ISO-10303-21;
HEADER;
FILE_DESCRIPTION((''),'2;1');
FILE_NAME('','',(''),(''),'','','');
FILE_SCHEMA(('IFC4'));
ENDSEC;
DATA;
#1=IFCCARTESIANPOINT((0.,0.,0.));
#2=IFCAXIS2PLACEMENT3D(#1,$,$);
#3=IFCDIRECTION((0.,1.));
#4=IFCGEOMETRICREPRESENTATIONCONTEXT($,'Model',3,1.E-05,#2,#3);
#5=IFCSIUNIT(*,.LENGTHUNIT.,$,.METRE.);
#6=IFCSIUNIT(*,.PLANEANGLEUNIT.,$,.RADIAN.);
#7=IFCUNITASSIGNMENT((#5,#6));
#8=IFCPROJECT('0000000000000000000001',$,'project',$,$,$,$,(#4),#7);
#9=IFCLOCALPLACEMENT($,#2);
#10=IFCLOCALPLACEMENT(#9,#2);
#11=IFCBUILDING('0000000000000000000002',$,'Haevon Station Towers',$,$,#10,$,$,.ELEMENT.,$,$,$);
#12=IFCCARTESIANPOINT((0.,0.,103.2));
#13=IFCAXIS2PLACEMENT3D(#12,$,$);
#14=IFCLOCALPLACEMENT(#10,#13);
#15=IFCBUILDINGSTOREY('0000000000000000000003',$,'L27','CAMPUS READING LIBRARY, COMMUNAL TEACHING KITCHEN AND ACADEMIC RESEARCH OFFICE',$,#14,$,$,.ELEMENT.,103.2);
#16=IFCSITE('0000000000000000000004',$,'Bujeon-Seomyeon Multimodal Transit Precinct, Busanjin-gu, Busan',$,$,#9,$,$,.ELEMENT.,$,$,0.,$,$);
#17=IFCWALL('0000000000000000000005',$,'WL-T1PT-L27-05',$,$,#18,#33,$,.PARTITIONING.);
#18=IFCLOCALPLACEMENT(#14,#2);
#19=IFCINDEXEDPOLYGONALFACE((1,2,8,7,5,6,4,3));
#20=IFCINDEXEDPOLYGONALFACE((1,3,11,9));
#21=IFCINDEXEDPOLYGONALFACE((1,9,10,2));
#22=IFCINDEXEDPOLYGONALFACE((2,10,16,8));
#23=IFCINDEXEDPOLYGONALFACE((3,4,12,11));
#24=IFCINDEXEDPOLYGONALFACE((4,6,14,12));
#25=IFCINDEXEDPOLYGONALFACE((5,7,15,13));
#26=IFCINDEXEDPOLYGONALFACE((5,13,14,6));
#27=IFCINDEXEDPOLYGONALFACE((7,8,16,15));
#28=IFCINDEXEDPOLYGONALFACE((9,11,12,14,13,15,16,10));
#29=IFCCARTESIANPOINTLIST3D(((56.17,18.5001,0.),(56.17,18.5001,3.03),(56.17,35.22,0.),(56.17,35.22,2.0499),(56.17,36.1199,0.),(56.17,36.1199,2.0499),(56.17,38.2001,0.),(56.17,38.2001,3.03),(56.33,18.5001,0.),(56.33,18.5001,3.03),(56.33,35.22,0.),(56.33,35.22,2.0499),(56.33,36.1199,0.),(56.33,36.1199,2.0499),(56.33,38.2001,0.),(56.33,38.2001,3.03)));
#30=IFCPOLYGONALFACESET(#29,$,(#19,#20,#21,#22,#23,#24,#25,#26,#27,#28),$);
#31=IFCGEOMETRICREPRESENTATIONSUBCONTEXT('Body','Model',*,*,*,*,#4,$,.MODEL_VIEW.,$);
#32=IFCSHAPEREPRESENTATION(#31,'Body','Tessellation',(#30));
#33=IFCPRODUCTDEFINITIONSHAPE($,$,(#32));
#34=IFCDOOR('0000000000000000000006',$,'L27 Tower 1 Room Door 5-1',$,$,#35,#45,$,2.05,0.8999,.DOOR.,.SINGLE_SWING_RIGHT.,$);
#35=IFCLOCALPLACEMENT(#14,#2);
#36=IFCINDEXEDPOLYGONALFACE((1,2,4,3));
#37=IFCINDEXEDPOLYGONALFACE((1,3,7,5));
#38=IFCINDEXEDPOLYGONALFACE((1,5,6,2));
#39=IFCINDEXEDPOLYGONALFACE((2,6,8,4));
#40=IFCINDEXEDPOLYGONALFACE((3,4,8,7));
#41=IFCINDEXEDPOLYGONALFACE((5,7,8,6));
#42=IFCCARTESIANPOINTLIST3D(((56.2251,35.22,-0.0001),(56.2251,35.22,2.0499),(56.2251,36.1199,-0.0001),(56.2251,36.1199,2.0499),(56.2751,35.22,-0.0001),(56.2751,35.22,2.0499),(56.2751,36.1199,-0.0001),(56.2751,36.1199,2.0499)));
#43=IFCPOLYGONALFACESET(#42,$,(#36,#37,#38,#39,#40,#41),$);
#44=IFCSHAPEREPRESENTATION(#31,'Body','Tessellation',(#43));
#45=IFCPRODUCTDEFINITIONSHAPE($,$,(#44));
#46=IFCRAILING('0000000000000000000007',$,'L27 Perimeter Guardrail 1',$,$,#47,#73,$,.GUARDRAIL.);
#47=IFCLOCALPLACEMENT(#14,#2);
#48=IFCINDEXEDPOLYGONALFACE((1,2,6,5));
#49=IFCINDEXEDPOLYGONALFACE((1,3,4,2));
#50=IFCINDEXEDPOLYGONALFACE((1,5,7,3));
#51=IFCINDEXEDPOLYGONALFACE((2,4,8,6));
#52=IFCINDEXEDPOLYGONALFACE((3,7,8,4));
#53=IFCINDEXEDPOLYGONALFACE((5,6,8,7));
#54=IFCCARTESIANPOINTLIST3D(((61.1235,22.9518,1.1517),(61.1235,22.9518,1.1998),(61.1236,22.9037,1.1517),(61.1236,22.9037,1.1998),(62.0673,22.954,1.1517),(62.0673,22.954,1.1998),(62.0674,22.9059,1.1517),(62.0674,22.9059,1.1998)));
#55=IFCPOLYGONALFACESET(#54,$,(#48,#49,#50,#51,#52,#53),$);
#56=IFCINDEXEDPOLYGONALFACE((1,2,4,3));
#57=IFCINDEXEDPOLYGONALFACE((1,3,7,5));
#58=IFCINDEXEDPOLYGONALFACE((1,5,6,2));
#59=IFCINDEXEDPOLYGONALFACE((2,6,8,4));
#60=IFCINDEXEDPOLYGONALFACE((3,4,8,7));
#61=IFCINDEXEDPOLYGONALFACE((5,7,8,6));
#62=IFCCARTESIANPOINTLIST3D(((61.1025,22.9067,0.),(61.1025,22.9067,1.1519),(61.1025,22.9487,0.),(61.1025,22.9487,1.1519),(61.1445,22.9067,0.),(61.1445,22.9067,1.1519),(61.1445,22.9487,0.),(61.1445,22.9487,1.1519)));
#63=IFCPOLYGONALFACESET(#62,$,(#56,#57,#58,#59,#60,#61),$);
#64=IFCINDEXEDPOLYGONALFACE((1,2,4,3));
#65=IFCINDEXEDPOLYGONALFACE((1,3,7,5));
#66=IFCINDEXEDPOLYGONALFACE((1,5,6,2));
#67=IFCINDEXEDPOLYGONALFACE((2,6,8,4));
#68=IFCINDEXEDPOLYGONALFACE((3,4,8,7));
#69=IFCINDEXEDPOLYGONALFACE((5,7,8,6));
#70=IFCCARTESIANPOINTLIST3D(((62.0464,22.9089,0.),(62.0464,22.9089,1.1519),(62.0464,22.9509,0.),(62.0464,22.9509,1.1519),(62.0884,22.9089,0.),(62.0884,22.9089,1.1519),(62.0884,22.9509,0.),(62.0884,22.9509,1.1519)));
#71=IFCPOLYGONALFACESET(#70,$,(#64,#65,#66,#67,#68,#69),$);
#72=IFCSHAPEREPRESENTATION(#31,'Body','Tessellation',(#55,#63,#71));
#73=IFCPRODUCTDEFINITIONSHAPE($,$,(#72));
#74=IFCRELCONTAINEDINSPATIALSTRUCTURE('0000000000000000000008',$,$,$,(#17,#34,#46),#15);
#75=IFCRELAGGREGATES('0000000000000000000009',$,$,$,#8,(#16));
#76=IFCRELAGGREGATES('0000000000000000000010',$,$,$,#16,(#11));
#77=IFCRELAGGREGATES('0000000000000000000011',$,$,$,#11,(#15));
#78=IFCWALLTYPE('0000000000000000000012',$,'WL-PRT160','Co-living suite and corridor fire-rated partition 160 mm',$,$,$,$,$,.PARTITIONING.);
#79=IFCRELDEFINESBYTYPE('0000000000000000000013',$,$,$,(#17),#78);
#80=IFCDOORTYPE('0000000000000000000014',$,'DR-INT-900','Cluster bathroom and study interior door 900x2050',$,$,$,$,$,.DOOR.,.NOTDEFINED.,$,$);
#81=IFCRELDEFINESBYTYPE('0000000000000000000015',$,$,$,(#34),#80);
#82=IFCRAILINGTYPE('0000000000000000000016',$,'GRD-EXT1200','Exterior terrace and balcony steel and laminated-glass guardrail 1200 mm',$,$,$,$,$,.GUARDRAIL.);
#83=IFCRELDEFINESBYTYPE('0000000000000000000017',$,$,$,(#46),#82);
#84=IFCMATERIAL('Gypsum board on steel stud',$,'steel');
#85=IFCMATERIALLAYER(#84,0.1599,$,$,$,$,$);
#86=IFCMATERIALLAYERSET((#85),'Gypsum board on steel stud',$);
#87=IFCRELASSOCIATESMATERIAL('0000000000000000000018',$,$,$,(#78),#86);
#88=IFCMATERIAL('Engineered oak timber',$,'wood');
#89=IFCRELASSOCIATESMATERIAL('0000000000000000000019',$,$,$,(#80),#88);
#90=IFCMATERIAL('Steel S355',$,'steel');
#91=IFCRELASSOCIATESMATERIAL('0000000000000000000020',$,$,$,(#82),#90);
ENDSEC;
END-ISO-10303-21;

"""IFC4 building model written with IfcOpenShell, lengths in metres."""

from ifc_helpers import new_model, si_unit, direction, frame, frame_2d, origin, origin_2d, place, context, subcontext, project, spatial, rectangle, extrude, material, layer, layer_set, type_object, element, fill, save


model = new_model("IFC4")

# Units and contexts
model_context = context("Model", 3, precision=1e-05, world=origin(), true_north=direction((0.0, 1.0)))
body_context = subcontext(model_context, "Body", "Model", "MODEL_VIEW")
ifc_project = project(units=[si_unit("LENGTHUNIT", "METRE"), si_unit("PLANEANGLEUNIT", "RADIAN")], contexts=[model_context])

# Site, building, storey
site_placement = place(None, origin())
site = spatial("IfcSite", under=ifc_project, at=site_placement, Name="Bujeon-Seomyeon Multimodal Transit Precinct, Busanjin-gu, Busan", CompositionType="ELEMENT", RefElevation=0.0)
building_placement = place(site_placement, origin())
building = spatial("IfcBuilding", under=site, at=building_placement, Name="Haevon Station Towers", CompositionType="ELEMENT")
storey_placement = place(building_placement, frame((0.0, 0.0, 103.2)))
storey = spatial("IfcBuildingStorey", under=building, at=storey_placement, Name="L27", Description="CAMPUS READING LIBRARY, COMMUNAL TEACHING KITCHEN AND ACADEMIC RESEARCH OFFICE", CompositionType="ELEMENT", Elevation=103.2)

# Shared definitions
ifc_material_1 = material(Name="Steel S355", Category="steel")

# Wall, opening, door
ifc_material_2 = material(Name="Gypsum board on steel stud", Category="steel")
ifc_layer_1 = layer(ifc_material_2, 0.1599)
ifc_layer_set_1 = layer_set([ifc_layer_1], Name="Gypsum board on steel stud")
wall_type_1 = type_object("IfcWallType", Name="WL-PRT160", Description="Co-living suite and corridor fire-rated partition 160 mm", PredefinedType="PARTITIONING", material=ifc_layer_set_1)
wall_1_placement = place(storey_placement, frame((56.25, 18.5, 0.0), z_axis=(0.0, 0.0, 1.0), x_axis=(0.0, 1.0, 0.0)))
wall_1 = element("IfcWall", 1, at=wall_1_placement, inside=storey, type_object=wall_type_1, Name="WL-T1PT-L27-05", PredefinedType="PARTITIONING", context=body_context, shape_type="SweptSolid", body=[
    extrude(rectangle(XDim=19.7, YDim=0.1599, at=frame_2d((9.8501, 0.0))), origin(), (0.0, 0.0, 1.0), 3.03),
])
opening_1_placement = place(wall_1_placement, frame((16.72, 0.0, 0.0)))
opening_1 = element("IfcOpeningElement", 2, at=opening_1_placement, cuts=wall_1, PredefinedType="OPENING", context=body_context, shape_type="SweptSolid", body=[
    extrude(rectangle(XDim=0.8999, YDim=2.05, at=frame_2d((0.45, 1.0249))), frame((0.0, 0.0898, 0.0), z_axis=(0.0, -1.0, 0.0), x_axis=(1.0, 0.0, 0.0)), (0.0, 0.0, 1.0), 0.1799),
])
ifc_material_3 = material(Name="Engineered oak timber", Category="wood")
door_type_1 = type_object("IfcDoorType", Name="DR-INT-900", Description="Cluster bathroom and study interior door 900x2050", OperationType="NOTDEFINED", PredefinedType="DOOR", material=ifc_material_3)
door_1_placement = place(opening_1_placement, origin())
door_1 = element("IfcDoor", 3, at=door_1_placement, inside=storey, type_object=door_type_1, Name="L27 Tower 1 Room Door 5-1", OperationType="SINGLE_SWING_RIGHT", OverallHeight=2.05, OverallWidth=0.8999, PredefinedType="DOOR", context=body_context, shape_type="SweptSolid", body=[
    extrude(rectangle(XDim=0.8999, YDim=2.05, at=frame_2d((0.45, 1.0249))), frame((0.0, 0.0249, 0.0), z_axis=(0.0, -1.0, 0.0), x_axis=(1.0, 0.0, 0.0)), (0.0, 0.0, 1.0), 0.05),
])
fill(opening_1, door_1)

# Railing
railing_type = type_object("IfcRailingType", Name="GRD-EXT1200", Description="Exterior terrace and balcony steel and laminated-glass guardrail 1200 mm", PredefinedType="GUARDRAIL", material=ifc_material_1)
railing_placement = place(storey_placement, frame((61.1235, 22.9277, 0.0)))
element("IfcRailing", 4, at=railing_placement, inside=storey, type_object=railing_type, Name="L27 Perimeter Guardrail 1", PredefinedType="GUARDRAIL", context=body_context, shape_type="SweptSolid", body=[
    extrude(rectangle(XDim=0.0481, YDim=0.0481, at=origin_2d()), frame((0.0, 0.0, 1.1758), z_axis=(0.999997, 0.002328, 0.0), x_axis=(-0.002328, 0.999997, 0.0)), (0.0, 0.0, 1.0), 0.9438),
    extrude(rectangle(XDim=0.042, YDim=0.042, at=origin_2d()), origin(), (0.0, 0.0, 1.0), 1.1519),
    extrude(rectangle(XDim=0.042, YDim=0.042, at=origin_2d()), frame((0.9438, 0.0022, 0.0)), (0.0, 0.0, 1.0), 1.1519),
])

save(model, "model.ifc")
